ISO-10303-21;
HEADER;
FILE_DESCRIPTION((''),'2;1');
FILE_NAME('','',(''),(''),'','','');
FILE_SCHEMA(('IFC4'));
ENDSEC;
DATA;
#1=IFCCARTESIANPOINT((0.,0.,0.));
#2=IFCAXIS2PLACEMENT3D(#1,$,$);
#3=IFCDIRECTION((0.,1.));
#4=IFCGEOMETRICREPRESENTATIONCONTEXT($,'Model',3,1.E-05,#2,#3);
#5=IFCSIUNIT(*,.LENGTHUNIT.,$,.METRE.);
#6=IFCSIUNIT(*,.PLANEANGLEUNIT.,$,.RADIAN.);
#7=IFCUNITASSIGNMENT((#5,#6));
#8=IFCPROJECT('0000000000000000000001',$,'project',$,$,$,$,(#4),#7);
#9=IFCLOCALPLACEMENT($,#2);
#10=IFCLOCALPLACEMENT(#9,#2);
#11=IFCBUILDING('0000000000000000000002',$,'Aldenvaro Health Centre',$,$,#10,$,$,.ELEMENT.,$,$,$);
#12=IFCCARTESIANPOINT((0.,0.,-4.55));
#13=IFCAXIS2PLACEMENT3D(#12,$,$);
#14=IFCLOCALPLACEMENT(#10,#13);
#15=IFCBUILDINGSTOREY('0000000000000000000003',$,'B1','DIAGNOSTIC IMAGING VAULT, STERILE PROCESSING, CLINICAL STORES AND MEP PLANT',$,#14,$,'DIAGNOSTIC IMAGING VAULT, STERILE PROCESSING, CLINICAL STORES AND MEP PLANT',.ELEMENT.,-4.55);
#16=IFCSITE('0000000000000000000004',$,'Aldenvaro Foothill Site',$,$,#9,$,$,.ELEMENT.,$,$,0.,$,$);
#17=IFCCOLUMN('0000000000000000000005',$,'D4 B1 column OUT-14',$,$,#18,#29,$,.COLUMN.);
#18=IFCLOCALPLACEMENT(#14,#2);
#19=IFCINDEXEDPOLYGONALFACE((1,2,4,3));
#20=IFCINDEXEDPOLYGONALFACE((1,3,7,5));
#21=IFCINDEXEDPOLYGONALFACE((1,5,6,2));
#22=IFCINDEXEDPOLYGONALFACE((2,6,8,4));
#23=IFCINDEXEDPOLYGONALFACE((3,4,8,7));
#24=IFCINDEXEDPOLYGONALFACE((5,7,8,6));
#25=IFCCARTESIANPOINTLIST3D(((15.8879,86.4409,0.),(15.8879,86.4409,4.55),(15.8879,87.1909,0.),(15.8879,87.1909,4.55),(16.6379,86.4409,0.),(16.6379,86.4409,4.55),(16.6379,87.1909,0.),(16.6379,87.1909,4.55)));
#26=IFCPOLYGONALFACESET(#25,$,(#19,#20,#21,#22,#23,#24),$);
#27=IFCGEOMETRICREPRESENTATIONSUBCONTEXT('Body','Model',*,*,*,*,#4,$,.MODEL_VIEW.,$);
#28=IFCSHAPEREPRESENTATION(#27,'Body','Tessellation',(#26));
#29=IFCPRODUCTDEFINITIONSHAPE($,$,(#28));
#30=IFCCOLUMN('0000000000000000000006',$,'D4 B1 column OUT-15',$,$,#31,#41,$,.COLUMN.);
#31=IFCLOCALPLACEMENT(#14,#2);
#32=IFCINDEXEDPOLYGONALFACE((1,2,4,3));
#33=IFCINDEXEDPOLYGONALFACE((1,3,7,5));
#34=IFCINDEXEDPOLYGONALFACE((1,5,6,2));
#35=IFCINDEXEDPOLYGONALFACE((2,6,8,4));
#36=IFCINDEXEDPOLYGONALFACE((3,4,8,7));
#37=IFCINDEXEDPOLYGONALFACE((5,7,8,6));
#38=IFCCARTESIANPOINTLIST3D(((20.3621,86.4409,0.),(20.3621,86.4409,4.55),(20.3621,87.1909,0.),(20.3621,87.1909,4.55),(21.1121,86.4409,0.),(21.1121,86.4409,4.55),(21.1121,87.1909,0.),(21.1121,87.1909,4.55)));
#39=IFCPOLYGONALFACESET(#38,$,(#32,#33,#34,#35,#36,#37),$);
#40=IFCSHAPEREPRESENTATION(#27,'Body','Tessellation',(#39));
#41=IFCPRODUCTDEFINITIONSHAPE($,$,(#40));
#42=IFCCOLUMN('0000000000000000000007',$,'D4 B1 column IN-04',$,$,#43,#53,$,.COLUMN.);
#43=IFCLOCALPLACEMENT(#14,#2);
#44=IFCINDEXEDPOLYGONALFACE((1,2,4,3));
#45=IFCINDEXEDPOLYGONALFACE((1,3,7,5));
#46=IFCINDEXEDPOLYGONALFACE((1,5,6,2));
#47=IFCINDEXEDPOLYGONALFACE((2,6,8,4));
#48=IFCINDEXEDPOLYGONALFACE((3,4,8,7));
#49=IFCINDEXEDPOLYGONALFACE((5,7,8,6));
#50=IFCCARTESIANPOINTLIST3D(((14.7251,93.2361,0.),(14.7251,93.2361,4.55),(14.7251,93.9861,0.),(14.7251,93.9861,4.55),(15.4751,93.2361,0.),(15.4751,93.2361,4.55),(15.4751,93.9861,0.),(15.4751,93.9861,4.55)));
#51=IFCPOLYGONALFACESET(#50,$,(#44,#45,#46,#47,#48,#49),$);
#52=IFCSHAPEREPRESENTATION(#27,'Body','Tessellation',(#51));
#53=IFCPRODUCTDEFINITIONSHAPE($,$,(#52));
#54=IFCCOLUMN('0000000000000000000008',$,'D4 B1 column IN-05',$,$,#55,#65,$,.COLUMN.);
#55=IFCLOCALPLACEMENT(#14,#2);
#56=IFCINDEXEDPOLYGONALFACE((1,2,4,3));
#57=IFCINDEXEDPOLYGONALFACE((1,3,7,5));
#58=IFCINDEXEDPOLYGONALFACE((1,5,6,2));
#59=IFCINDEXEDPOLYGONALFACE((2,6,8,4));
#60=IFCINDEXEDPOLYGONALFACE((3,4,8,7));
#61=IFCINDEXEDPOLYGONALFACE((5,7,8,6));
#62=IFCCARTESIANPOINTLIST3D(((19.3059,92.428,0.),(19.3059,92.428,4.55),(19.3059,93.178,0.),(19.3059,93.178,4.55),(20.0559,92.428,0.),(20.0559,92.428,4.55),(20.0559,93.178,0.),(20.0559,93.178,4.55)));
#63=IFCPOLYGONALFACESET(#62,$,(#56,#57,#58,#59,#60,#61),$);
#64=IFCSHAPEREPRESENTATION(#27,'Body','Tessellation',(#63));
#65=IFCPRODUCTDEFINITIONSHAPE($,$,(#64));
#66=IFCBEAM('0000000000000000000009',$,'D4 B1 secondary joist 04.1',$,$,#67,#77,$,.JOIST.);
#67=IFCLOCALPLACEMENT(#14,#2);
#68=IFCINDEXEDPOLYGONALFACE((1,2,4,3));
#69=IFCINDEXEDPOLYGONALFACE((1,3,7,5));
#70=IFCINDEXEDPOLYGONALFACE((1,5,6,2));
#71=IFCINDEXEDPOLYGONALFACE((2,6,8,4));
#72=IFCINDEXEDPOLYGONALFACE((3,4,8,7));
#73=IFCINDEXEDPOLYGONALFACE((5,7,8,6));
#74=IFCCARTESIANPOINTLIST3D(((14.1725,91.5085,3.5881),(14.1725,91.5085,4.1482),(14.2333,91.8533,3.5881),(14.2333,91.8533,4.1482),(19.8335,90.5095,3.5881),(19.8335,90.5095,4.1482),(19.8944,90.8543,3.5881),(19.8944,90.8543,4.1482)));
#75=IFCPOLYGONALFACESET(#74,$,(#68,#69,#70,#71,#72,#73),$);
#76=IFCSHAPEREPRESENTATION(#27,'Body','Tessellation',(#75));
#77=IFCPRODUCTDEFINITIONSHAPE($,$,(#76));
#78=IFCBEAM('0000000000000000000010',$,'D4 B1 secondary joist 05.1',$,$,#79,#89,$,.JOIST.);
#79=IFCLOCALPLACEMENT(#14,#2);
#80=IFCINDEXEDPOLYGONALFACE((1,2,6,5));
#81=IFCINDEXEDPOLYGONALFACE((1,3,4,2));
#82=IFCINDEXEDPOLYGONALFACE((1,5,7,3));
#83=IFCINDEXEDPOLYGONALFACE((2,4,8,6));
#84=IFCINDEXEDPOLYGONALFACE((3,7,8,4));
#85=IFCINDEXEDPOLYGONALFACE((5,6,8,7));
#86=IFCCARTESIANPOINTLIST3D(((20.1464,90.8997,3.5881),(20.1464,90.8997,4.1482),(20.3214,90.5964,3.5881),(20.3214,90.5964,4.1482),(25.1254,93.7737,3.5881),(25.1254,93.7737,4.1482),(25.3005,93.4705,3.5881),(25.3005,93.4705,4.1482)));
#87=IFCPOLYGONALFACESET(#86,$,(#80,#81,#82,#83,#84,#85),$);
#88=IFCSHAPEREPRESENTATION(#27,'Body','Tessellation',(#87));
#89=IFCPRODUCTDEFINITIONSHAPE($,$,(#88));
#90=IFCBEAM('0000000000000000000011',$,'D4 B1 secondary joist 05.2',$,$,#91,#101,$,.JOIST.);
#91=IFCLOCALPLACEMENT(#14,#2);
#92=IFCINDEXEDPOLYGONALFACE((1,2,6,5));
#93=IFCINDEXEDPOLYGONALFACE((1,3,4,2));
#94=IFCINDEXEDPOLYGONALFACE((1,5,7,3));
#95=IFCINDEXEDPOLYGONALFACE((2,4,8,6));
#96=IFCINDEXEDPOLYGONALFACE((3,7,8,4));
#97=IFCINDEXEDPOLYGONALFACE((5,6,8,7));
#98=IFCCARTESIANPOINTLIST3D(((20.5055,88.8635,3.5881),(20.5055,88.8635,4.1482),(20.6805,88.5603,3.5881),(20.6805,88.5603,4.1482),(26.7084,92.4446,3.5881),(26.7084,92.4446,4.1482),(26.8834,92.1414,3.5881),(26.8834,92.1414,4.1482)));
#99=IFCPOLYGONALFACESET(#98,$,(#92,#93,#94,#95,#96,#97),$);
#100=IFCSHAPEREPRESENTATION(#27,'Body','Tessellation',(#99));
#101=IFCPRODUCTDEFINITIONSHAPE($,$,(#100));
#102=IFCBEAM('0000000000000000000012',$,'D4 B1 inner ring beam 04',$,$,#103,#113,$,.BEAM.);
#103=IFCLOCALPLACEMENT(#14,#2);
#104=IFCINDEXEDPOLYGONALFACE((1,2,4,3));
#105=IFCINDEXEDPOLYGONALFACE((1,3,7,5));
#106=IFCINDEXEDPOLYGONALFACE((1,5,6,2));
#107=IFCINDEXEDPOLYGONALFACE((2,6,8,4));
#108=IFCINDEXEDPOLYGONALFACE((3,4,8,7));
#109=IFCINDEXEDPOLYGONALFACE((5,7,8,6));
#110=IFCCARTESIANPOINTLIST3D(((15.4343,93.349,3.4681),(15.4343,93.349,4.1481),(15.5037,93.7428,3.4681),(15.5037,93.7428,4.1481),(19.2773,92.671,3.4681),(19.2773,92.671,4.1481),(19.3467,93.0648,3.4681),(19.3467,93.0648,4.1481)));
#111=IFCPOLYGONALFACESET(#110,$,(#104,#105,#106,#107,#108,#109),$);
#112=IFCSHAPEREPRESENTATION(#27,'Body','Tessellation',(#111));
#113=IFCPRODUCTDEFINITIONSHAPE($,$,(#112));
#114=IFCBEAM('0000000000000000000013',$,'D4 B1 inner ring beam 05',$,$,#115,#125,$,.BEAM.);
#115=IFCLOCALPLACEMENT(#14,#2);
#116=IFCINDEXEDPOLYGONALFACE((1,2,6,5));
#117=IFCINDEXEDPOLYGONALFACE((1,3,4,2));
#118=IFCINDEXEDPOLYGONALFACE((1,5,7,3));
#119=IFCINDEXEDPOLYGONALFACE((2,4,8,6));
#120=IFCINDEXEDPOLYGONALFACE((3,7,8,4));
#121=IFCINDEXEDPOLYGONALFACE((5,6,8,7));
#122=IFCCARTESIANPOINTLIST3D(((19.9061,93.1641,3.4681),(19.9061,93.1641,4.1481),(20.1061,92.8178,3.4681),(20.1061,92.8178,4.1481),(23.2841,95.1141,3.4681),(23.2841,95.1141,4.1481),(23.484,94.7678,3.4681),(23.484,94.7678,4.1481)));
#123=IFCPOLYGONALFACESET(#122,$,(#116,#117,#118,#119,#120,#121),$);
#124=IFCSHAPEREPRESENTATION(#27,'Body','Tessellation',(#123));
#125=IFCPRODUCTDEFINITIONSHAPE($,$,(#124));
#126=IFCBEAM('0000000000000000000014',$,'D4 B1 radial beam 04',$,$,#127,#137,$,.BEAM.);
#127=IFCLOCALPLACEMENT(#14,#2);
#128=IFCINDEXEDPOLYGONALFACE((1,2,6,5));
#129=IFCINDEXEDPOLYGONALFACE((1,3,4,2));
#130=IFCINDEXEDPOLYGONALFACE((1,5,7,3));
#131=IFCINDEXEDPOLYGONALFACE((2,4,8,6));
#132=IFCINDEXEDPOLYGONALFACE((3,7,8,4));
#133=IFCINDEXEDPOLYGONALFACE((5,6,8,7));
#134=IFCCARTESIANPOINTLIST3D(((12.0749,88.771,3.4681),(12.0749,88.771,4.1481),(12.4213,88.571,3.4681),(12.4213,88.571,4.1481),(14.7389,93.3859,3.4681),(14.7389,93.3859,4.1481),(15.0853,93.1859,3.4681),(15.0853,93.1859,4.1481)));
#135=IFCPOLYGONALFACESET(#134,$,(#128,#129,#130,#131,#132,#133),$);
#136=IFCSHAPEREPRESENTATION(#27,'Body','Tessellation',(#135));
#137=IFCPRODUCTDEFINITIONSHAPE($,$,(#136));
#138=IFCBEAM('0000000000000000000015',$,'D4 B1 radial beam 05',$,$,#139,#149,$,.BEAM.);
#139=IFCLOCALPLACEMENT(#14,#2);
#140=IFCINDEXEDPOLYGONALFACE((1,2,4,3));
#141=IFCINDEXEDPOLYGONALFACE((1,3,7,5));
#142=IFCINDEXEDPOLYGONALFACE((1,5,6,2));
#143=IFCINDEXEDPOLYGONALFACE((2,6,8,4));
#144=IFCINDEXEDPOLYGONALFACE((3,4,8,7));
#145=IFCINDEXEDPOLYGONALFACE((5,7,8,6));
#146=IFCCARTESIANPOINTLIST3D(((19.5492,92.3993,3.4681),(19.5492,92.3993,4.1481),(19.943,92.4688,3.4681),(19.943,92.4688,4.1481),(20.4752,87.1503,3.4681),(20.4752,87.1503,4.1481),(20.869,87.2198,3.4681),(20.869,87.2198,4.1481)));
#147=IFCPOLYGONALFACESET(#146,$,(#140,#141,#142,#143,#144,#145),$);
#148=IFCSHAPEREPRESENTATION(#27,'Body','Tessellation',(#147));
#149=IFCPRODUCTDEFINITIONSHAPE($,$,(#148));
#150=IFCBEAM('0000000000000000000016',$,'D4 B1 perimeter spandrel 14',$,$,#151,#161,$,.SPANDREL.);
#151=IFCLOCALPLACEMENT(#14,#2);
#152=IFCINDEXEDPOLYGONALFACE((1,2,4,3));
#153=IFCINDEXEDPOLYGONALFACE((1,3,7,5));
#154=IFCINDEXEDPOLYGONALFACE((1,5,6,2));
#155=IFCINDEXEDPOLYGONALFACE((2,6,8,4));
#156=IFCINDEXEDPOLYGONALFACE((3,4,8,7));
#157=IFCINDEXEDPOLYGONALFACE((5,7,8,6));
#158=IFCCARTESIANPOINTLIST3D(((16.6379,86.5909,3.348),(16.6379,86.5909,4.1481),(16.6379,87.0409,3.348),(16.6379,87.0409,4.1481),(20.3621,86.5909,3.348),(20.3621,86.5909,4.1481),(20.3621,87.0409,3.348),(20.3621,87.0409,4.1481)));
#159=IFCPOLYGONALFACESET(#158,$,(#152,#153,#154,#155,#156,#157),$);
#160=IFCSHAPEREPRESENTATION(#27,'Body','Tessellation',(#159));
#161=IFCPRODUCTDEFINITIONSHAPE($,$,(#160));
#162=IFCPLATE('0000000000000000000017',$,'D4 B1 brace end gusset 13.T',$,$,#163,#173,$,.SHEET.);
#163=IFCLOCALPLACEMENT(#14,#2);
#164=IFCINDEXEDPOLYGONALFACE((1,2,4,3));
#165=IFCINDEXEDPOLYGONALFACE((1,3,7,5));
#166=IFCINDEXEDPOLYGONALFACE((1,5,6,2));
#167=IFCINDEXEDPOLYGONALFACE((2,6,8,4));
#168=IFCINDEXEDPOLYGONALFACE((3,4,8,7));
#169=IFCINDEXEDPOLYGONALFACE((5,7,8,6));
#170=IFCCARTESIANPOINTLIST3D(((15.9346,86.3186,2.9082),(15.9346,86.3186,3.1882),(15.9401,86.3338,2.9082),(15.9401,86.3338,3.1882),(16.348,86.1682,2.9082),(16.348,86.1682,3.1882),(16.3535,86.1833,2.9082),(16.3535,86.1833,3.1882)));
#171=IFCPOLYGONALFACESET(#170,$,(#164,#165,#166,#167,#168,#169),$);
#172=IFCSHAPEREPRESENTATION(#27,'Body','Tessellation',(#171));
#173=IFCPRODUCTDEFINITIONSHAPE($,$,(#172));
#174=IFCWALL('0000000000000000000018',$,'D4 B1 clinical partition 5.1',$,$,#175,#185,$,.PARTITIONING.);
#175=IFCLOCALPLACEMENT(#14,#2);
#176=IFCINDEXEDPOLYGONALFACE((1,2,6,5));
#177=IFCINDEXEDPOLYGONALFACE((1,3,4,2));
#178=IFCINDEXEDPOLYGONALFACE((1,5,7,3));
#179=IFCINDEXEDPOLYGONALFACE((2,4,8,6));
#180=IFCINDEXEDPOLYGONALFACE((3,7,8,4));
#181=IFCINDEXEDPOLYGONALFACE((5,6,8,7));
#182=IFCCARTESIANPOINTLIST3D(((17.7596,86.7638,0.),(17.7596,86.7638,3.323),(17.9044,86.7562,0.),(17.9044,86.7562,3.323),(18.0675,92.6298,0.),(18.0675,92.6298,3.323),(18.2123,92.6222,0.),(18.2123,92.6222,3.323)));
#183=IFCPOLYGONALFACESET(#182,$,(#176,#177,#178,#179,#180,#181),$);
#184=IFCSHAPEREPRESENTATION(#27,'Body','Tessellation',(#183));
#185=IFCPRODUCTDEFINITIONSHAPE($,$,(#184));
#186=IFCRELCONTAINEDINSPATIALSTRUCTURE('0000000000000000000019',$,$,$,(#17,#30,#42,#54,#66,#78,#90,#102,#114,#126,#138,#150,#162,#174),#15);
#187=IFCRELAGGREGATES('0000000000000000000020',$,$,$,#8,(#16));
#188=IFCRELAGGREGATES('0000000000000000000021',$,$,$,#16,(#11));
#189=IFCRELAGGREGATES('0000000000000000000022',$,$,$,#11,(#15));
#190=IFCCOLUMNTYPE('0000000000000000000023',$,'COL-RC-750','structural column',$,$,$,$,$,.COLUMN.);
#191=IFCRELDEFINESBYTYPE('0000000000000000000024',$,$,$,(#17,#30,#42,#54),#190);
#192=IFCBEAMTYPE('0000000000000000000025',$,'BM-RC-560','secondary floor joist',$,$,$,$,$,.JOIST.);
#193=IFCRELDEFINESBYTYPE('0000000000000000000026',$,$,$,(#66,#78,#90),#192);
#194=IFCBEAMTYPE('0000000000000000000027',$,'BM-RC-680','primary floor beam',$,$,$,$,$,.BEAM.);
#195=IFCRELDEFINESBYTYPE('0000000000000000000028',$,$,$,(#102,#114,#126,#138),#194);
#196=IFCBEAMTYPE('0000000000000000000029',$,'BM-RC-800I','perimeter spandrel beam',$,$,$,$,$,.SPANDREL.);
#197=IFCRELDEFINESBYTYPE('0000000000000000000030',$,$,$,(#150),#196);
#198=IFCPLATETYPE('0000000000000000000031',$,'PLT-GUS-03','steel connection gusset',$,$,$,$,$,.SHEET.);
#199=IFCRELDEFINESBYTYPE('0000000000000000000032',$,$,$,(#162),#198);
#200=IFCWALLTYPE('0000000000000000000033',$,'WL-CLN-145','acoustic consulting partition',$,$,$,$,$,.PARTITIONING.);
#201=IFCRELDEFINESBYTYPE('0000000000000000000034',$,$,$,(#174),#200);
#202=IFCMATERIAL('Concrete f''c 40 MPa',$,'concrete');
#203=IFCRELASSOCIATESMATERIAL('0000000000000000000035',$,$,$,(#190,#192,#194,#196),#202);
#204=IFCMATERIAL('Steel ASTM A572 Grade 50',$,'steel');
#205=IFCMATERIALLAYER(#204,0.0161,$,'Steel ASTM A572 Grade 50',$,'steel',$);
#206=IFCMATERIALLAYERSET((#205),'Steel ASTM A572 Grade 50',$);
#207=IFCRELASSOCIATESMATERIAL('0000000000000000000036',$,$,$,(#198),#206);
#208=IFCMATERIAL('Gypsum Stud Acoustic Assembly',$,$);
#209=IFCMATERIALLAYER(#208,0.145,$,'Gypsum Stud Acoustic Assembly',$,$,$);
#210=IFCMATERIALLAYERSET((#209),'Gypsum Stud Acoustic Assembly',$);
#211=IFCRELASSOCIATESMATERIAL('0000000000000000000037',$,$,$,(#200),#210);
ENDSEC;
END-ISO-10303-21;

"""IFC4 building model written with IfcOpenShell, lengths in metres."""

from ifc_helpers import new_model, si_unit, direction, frame, frame_2d, origin, origin_2d, place, context, subcontext, project, spatial, rectangle, extrude, material, layer, layer_set, material_profile, profile_set, type_object, element, save


model = new_model("IFC4")

# Units and contexts
model_context = context("Model", 3, precision=1e-05, world=origin(), true_north=direction((0.0, 1.0)))
body_context = subcontext(model_context, "Body", "Model", "MODEL_VIEW")
ifc_project = project(units=[si_unit("LENGTHUNIT", "METRE"), si_unit("PLANEANGLEUNIT", "RADIAN")], contexts=[model_context])

# Site, building, storey
site_placement = place(None, origin())
site = spatial("IfcSite", under=ifc_project, at=site_placement, Name="Aldenvaro Foothill Site", CompositionType="ELEMENT", RefElevation=0.0)
building_placement = place(site_placement, origin())
building = spatial("IfcBuilding", under=site, at=building_placement, Name="Aldenvaro Health Centre", CompositionType="ELEMENT")
storey_placement = place(building_placement, frame((0.0, 0.0, -4.55)))
storey = spatial("IfcBuildingStorey", under=building, at=storey_placement, Name="B1", Description="DIAGNOSTIC IMAGING VAULT, STERILE PROCESSING, CLINICAL STORES AND MEP PLANT", LongName="DIAGNOSTIC IMAGING VAULT, STERILE PROCESSING, CLINICAL STORES AND MEP PLANT", CompositionType="ELEMENT", Elevation=-4.55)

# Shared definitions
ifc_material_1 = material(Name="Concrete f'c 40 MPa", Category="concrete")

# Columns
ifc_material_profile_1 = material_profile(ifc_material_1, rectangle(XDim=0.75, YDim=0.75, at=origin_2d()), Name="RC 750x750", Category="concrete")
ifc_profile_set_1 = profile_set([ifc_material_profile_1], Name="Concrete f'c 40 MPa")
column_type = type_object("IfcColumnType", Name="COL-RC-750", Description="structural column", PredefinedType="COLUMN", material=ifc_profile_set_1)
for number, where, z_axis, x_axis, name in (
    (1, (16.2629, 86.8159, 0.0), (0.0, 0.0, 1.0), (1.0, 0.0, 0.0), "D4 B1 column OUT-14"),
    (2, (20.7371, 86.8159, 0.0), (0.0, 0.0, 1.0), (1.0, 0.0, 0.0), "D4 B1 column OUT-15"),
    (3, (15.1001, 93.6111, 0.0), (0.0, 0.0, 1.0), (1.0, 0.0, 0.0), "D4 B1 column IN-04"),
    (4, (19.6809, 92.803, 0.0), (0.0, 0.0, 1.0), (1.0, 0.0, 0.0), "D4 B1 column IN-05"),
):
    element("IfcColumn", number, at=place(storey_placement, frame(where, z_axis=z_axis, x_axis=x_axis)), inside=storey, type_object=column_type, Name=name, PredefinedType="COLUMN", context=body_context, shape_type="SweptSolid", body=[
        extrude(rectangle(XDim=0.75, YDim=0.75, at=origin_2d()), origin(), (0.0, 0.0, 1.0), 4.55),
    ])

# Beams
ifc_material_profile_2 = material_profile(ifc_material_1, rectangle(XDim=0.3501, YDim=0.5601, at=origin_2d()), Name="RC 350x560", Category="concrete")
ifc_profile_set_2 = profile_set([ifc_material_profile_2], Name="Concrete f'c 40 MPa")
beam_type_1 = type_object("IfcBeamType", Name="BM-RC-560", Description="secondary floor joist", PredefinedType="JOIST", material=ifc_profile_set_2)
beam_1_placement = place(storey_placement, frame((14.2029, 91.6809, 3.8682), z_axis=(0.984784, -0.173785, 0.0), x_axis=(0.173785, 0.984784, 0.0)))
element("IfcBeam", 5, at=beam_1_placement, inside=storey, type_object=beam_type_1, Name="D4 B1 secondary joist 04.1", PredefinedType="JOIST", context=body_context, shape_type="SweptSolid", body=[
    extrude(rectangle(XDim=0.3501, YDim=0.5601, at=origin_2d()), origin(), (0.0, 0.0, 1.0), 5.7485),
])
beam_2_placement = place(storey_placement, frame((20.2339, 90.748, 3.8682), z_axis=(0.866071, 0.499921, 0.0), x_axis=(-0.499921, 0.866071, 0.0)))
element("IfcBeam", 6, at=beam_2_placement, inside=storey, type_object=beam_type_1, Name="D4 B1 secondary joist 05.1", PredefinedType="JOIST", context=body_context, shape_type="SweptSolid", body=[
    extrude(rectangle(XDim=0.3501, YDim=0.5601, at=origin_2d()), origin(), (0.0, 0.0, 1.0), 5.749),
])
beam_3_placement = place(storey_placement, frame((20.593, 88.7119, 3.8682), z_axis=(0.866036, 0.499981, 0.0), x_axis=(-0.499981, 0.866036, 0.0)))
element("IfcBeam", 7, at=beam_3_placement, inside=storey, type_object=beam_type_1, Name="D4 B1 secondary joist 05.2", PredefinedType="JOIST", context=body_context, shape_type="SweptSolid", body=[
    extrude(rectangle(XDim=0.3501, YDim=0.5601, at=origin_2d()), origin(), (0.0, 0.0, 1.0), 7.1624),
])
ifc_material_profile_3 = material_profile(ifc_material_1, rectangle(XDim=0.3999, YDim=0.6799, at=origin_2d()), Name="RC 400x680", Category="concrete")
ifc_profile_set_3 = profile_set([ifc_material_profile_3], Name="Concrete f'c 40 MPa")
beam_type_2 = type_object("IfcBeamType", Name="BM-RC-680", Description="primary floor beam", PredefinedType="BEAM", material=ifc_profile_set_3)
beam_4_placement = place(storey_placement, frame((15.469, 93.5459, 3.8081), z_axis=(0.984792, -0.173735, 0.0), x_axis=(0.173735, 0.984792, 0.0)))
element("IfcBeam", 8, at=beam_4_placement, inside=storey, type_object=beam_type_2, Name="D4 B1 inner ring beam 04", PredefinedType="BEAM", context=body_context, shape_type="SweptSolid", body=[
    extrude(rectangle(XDim=0.3999, YDim=0.6799, at=origin_2d()), origin(), (0.0, 0.0, 1.0), 3.9023),
])
beam_5_placement = place(storey_placement, frame((20.0061, 92.991, 3.8081), z_axis=(0.866058, 0.499943, 0.0), x_axis=(-0.499943, 0.866058, 0.0)))
element("IfcBeam", 9, at=beam_5_placement, inside=storey, type_object=beam_type_2, Name="D4 B1 inner ring beam 05", PredefinedType="BEAM", context=body_context, shape_type="SweptSolid", body=[
    extrude(rectangle(XDim=0.3999, YDim=0.6799, at=origin_2d()), origin(), (0.0, 0.0, 1.0), 3.9004),
])
beam_6_placement = place(storey_placement, frame((14.9121, 93.2859, 3.8081), z_axis=(-0.499943, -0.866058, 0.0), x_axis=(0.866058, -0.499943, 0.0)))
element("IfcBeam", 10, at=beam_6_placement, inside=storey, type_object=beam_type_2, Name="D4 B1 radial beam 04", PredefinedType="BEAM", context=body_context, shape_type="SweptSolid", body=[
    extrude(rectangle(XDim=0.3999, YDim=0.6799, at=origin_2d()), origin(), (0.0, 0.0, 1.0), 5.3286),
])
beam_7_placement = place(storey_placement, frame((19.7461, 92.4341, 3.8081), z_axis=(0.173736, -0.984792, 0.0), x_axis=(0.984792, 0.173736, 0.0)))
element("IfcBeam", 11, at=beam_7_placement, inside=storey, type_object=beam_type_2, Name="D4 B1 radial beam 05", PredefinedType="BEAM", context=body_context, shape_type="SweptSolid", body=[
    extrude(rectangle(XDim=0.3999, YDim=0.6799, at=origin_2d()), origin(), (0.0, 0.0, 1.0), 5.3301),
])
ifc_material_profile_4 = material_profile(ifc_material_1, rectangle(XDim=0.45, YDim=0.8, at=origin_2d()), Name="RC 450x800", Category="concrete")
ifc_profile_set_4 = profile_set([ifc_material_profile_4], Name="Concrete f'c 40 MPa")
beam_type_3 = type_object("IfcBeamType", Name="BM-RC-800I", Description="perimeter spandrel beam", PredefinedType="SPANDREL", material=ifc_profile_set_4)
beam_8_placement = place(storey_placement, frame((16.6379, 86.8159, 3.748), z_axis=(1.0, 0.0, 0.0), x_axis=(0.0, 1.0, 0.0)))
element("IfcBeam", 12, at=beam_8_placement, inside=storey, type_object=beam_type_3, Name="D4 B1 perimeter spandrel 14", PredefinedType="SPANDREL", context=body_context, shape_type="SweptSolid", body=[
    extrude(rectangle(XDim=0.45, YDim=0.8, at=origin_2d()), origin(), (0.0, 0.0, 1.0), 3.7241),
])

# Plate
ifc_material_2 = material(Name="Steel ASTM A572 Grade 50", Category="steel")
ifc_layer_1 = layer(ifc_material_2, 0.0161, Name="Steel ASTM A572 Grade 50", Category="steel")
ifc_layer_set_1 = layer_set([ifc_layer_1], Name="Steel ASTM A572 Grade 50")
plate_type = type_object("IfcPlateType", Name="PLT-GUS-03", Description="steel connection gusset", PredefinedType="SHEET", material=ifc_layer_set_1)
plate_placement = place(storey_placement, frame((16.144, 86.251, 2.9082), z_axis=(0.0, 0.0, 1.0), x_axis=(0.939699, -0.342004, 0.0)))
element("IfcPlate", 13, at=plate_placement, inside=storey, type_object=plate_type, Name="D4 B1 brace end gusset 13.T", PredefinedType="SHEET", context=body_context, shape_type="SweptSolid", body=[
    extrude(rectangle(XDim=0.4399, YDim=0.0161, at=origin_2d()), origin(), (0.0, 0.0, 1.0), 0.28),
])

# Wall
ifc_material_3 = material(Name="Gypsum Stud Acoustic Assembly")
ifc_layer_2 = layer(ifc_material_3, 0.145, Name="Gypsum Stud Acoustic Assembly")
ifc_layer_set_2 = layer_set([ifc_layer_2], Name="Gypsum Stud Acoustic Assembly")
wall_type_1 = type_object("IfcWallType", Name="WL-CLN-145", Description="acoustic consulting partition", PredefinedType="PARTITIONING", material=ifc_layer_set_2)
wall_1_placement = place(storey_placement, frame((18.1399, 92.626, 0.0), z_axis=(0.0, 0.0, 1.0), x_axis=(-0.05241, -0.998626, 0.0)))
element("IfcWall", 14, at=wall_1_placement, inside=storey, type_object=wall_type_1, Name="D4 B1 clinical partition 5.1", PredefinedType="PARTITIONING", context=body_context, shape_type="SweptSolid", body=[
    extrude(rectangle(XDim=5.874, YDim=0.145, at=frame_2d((2.937, 0.0))), origin(), (0.0, 0.0, 1.0), 3.323),
])

save(model, "model.ifc")
